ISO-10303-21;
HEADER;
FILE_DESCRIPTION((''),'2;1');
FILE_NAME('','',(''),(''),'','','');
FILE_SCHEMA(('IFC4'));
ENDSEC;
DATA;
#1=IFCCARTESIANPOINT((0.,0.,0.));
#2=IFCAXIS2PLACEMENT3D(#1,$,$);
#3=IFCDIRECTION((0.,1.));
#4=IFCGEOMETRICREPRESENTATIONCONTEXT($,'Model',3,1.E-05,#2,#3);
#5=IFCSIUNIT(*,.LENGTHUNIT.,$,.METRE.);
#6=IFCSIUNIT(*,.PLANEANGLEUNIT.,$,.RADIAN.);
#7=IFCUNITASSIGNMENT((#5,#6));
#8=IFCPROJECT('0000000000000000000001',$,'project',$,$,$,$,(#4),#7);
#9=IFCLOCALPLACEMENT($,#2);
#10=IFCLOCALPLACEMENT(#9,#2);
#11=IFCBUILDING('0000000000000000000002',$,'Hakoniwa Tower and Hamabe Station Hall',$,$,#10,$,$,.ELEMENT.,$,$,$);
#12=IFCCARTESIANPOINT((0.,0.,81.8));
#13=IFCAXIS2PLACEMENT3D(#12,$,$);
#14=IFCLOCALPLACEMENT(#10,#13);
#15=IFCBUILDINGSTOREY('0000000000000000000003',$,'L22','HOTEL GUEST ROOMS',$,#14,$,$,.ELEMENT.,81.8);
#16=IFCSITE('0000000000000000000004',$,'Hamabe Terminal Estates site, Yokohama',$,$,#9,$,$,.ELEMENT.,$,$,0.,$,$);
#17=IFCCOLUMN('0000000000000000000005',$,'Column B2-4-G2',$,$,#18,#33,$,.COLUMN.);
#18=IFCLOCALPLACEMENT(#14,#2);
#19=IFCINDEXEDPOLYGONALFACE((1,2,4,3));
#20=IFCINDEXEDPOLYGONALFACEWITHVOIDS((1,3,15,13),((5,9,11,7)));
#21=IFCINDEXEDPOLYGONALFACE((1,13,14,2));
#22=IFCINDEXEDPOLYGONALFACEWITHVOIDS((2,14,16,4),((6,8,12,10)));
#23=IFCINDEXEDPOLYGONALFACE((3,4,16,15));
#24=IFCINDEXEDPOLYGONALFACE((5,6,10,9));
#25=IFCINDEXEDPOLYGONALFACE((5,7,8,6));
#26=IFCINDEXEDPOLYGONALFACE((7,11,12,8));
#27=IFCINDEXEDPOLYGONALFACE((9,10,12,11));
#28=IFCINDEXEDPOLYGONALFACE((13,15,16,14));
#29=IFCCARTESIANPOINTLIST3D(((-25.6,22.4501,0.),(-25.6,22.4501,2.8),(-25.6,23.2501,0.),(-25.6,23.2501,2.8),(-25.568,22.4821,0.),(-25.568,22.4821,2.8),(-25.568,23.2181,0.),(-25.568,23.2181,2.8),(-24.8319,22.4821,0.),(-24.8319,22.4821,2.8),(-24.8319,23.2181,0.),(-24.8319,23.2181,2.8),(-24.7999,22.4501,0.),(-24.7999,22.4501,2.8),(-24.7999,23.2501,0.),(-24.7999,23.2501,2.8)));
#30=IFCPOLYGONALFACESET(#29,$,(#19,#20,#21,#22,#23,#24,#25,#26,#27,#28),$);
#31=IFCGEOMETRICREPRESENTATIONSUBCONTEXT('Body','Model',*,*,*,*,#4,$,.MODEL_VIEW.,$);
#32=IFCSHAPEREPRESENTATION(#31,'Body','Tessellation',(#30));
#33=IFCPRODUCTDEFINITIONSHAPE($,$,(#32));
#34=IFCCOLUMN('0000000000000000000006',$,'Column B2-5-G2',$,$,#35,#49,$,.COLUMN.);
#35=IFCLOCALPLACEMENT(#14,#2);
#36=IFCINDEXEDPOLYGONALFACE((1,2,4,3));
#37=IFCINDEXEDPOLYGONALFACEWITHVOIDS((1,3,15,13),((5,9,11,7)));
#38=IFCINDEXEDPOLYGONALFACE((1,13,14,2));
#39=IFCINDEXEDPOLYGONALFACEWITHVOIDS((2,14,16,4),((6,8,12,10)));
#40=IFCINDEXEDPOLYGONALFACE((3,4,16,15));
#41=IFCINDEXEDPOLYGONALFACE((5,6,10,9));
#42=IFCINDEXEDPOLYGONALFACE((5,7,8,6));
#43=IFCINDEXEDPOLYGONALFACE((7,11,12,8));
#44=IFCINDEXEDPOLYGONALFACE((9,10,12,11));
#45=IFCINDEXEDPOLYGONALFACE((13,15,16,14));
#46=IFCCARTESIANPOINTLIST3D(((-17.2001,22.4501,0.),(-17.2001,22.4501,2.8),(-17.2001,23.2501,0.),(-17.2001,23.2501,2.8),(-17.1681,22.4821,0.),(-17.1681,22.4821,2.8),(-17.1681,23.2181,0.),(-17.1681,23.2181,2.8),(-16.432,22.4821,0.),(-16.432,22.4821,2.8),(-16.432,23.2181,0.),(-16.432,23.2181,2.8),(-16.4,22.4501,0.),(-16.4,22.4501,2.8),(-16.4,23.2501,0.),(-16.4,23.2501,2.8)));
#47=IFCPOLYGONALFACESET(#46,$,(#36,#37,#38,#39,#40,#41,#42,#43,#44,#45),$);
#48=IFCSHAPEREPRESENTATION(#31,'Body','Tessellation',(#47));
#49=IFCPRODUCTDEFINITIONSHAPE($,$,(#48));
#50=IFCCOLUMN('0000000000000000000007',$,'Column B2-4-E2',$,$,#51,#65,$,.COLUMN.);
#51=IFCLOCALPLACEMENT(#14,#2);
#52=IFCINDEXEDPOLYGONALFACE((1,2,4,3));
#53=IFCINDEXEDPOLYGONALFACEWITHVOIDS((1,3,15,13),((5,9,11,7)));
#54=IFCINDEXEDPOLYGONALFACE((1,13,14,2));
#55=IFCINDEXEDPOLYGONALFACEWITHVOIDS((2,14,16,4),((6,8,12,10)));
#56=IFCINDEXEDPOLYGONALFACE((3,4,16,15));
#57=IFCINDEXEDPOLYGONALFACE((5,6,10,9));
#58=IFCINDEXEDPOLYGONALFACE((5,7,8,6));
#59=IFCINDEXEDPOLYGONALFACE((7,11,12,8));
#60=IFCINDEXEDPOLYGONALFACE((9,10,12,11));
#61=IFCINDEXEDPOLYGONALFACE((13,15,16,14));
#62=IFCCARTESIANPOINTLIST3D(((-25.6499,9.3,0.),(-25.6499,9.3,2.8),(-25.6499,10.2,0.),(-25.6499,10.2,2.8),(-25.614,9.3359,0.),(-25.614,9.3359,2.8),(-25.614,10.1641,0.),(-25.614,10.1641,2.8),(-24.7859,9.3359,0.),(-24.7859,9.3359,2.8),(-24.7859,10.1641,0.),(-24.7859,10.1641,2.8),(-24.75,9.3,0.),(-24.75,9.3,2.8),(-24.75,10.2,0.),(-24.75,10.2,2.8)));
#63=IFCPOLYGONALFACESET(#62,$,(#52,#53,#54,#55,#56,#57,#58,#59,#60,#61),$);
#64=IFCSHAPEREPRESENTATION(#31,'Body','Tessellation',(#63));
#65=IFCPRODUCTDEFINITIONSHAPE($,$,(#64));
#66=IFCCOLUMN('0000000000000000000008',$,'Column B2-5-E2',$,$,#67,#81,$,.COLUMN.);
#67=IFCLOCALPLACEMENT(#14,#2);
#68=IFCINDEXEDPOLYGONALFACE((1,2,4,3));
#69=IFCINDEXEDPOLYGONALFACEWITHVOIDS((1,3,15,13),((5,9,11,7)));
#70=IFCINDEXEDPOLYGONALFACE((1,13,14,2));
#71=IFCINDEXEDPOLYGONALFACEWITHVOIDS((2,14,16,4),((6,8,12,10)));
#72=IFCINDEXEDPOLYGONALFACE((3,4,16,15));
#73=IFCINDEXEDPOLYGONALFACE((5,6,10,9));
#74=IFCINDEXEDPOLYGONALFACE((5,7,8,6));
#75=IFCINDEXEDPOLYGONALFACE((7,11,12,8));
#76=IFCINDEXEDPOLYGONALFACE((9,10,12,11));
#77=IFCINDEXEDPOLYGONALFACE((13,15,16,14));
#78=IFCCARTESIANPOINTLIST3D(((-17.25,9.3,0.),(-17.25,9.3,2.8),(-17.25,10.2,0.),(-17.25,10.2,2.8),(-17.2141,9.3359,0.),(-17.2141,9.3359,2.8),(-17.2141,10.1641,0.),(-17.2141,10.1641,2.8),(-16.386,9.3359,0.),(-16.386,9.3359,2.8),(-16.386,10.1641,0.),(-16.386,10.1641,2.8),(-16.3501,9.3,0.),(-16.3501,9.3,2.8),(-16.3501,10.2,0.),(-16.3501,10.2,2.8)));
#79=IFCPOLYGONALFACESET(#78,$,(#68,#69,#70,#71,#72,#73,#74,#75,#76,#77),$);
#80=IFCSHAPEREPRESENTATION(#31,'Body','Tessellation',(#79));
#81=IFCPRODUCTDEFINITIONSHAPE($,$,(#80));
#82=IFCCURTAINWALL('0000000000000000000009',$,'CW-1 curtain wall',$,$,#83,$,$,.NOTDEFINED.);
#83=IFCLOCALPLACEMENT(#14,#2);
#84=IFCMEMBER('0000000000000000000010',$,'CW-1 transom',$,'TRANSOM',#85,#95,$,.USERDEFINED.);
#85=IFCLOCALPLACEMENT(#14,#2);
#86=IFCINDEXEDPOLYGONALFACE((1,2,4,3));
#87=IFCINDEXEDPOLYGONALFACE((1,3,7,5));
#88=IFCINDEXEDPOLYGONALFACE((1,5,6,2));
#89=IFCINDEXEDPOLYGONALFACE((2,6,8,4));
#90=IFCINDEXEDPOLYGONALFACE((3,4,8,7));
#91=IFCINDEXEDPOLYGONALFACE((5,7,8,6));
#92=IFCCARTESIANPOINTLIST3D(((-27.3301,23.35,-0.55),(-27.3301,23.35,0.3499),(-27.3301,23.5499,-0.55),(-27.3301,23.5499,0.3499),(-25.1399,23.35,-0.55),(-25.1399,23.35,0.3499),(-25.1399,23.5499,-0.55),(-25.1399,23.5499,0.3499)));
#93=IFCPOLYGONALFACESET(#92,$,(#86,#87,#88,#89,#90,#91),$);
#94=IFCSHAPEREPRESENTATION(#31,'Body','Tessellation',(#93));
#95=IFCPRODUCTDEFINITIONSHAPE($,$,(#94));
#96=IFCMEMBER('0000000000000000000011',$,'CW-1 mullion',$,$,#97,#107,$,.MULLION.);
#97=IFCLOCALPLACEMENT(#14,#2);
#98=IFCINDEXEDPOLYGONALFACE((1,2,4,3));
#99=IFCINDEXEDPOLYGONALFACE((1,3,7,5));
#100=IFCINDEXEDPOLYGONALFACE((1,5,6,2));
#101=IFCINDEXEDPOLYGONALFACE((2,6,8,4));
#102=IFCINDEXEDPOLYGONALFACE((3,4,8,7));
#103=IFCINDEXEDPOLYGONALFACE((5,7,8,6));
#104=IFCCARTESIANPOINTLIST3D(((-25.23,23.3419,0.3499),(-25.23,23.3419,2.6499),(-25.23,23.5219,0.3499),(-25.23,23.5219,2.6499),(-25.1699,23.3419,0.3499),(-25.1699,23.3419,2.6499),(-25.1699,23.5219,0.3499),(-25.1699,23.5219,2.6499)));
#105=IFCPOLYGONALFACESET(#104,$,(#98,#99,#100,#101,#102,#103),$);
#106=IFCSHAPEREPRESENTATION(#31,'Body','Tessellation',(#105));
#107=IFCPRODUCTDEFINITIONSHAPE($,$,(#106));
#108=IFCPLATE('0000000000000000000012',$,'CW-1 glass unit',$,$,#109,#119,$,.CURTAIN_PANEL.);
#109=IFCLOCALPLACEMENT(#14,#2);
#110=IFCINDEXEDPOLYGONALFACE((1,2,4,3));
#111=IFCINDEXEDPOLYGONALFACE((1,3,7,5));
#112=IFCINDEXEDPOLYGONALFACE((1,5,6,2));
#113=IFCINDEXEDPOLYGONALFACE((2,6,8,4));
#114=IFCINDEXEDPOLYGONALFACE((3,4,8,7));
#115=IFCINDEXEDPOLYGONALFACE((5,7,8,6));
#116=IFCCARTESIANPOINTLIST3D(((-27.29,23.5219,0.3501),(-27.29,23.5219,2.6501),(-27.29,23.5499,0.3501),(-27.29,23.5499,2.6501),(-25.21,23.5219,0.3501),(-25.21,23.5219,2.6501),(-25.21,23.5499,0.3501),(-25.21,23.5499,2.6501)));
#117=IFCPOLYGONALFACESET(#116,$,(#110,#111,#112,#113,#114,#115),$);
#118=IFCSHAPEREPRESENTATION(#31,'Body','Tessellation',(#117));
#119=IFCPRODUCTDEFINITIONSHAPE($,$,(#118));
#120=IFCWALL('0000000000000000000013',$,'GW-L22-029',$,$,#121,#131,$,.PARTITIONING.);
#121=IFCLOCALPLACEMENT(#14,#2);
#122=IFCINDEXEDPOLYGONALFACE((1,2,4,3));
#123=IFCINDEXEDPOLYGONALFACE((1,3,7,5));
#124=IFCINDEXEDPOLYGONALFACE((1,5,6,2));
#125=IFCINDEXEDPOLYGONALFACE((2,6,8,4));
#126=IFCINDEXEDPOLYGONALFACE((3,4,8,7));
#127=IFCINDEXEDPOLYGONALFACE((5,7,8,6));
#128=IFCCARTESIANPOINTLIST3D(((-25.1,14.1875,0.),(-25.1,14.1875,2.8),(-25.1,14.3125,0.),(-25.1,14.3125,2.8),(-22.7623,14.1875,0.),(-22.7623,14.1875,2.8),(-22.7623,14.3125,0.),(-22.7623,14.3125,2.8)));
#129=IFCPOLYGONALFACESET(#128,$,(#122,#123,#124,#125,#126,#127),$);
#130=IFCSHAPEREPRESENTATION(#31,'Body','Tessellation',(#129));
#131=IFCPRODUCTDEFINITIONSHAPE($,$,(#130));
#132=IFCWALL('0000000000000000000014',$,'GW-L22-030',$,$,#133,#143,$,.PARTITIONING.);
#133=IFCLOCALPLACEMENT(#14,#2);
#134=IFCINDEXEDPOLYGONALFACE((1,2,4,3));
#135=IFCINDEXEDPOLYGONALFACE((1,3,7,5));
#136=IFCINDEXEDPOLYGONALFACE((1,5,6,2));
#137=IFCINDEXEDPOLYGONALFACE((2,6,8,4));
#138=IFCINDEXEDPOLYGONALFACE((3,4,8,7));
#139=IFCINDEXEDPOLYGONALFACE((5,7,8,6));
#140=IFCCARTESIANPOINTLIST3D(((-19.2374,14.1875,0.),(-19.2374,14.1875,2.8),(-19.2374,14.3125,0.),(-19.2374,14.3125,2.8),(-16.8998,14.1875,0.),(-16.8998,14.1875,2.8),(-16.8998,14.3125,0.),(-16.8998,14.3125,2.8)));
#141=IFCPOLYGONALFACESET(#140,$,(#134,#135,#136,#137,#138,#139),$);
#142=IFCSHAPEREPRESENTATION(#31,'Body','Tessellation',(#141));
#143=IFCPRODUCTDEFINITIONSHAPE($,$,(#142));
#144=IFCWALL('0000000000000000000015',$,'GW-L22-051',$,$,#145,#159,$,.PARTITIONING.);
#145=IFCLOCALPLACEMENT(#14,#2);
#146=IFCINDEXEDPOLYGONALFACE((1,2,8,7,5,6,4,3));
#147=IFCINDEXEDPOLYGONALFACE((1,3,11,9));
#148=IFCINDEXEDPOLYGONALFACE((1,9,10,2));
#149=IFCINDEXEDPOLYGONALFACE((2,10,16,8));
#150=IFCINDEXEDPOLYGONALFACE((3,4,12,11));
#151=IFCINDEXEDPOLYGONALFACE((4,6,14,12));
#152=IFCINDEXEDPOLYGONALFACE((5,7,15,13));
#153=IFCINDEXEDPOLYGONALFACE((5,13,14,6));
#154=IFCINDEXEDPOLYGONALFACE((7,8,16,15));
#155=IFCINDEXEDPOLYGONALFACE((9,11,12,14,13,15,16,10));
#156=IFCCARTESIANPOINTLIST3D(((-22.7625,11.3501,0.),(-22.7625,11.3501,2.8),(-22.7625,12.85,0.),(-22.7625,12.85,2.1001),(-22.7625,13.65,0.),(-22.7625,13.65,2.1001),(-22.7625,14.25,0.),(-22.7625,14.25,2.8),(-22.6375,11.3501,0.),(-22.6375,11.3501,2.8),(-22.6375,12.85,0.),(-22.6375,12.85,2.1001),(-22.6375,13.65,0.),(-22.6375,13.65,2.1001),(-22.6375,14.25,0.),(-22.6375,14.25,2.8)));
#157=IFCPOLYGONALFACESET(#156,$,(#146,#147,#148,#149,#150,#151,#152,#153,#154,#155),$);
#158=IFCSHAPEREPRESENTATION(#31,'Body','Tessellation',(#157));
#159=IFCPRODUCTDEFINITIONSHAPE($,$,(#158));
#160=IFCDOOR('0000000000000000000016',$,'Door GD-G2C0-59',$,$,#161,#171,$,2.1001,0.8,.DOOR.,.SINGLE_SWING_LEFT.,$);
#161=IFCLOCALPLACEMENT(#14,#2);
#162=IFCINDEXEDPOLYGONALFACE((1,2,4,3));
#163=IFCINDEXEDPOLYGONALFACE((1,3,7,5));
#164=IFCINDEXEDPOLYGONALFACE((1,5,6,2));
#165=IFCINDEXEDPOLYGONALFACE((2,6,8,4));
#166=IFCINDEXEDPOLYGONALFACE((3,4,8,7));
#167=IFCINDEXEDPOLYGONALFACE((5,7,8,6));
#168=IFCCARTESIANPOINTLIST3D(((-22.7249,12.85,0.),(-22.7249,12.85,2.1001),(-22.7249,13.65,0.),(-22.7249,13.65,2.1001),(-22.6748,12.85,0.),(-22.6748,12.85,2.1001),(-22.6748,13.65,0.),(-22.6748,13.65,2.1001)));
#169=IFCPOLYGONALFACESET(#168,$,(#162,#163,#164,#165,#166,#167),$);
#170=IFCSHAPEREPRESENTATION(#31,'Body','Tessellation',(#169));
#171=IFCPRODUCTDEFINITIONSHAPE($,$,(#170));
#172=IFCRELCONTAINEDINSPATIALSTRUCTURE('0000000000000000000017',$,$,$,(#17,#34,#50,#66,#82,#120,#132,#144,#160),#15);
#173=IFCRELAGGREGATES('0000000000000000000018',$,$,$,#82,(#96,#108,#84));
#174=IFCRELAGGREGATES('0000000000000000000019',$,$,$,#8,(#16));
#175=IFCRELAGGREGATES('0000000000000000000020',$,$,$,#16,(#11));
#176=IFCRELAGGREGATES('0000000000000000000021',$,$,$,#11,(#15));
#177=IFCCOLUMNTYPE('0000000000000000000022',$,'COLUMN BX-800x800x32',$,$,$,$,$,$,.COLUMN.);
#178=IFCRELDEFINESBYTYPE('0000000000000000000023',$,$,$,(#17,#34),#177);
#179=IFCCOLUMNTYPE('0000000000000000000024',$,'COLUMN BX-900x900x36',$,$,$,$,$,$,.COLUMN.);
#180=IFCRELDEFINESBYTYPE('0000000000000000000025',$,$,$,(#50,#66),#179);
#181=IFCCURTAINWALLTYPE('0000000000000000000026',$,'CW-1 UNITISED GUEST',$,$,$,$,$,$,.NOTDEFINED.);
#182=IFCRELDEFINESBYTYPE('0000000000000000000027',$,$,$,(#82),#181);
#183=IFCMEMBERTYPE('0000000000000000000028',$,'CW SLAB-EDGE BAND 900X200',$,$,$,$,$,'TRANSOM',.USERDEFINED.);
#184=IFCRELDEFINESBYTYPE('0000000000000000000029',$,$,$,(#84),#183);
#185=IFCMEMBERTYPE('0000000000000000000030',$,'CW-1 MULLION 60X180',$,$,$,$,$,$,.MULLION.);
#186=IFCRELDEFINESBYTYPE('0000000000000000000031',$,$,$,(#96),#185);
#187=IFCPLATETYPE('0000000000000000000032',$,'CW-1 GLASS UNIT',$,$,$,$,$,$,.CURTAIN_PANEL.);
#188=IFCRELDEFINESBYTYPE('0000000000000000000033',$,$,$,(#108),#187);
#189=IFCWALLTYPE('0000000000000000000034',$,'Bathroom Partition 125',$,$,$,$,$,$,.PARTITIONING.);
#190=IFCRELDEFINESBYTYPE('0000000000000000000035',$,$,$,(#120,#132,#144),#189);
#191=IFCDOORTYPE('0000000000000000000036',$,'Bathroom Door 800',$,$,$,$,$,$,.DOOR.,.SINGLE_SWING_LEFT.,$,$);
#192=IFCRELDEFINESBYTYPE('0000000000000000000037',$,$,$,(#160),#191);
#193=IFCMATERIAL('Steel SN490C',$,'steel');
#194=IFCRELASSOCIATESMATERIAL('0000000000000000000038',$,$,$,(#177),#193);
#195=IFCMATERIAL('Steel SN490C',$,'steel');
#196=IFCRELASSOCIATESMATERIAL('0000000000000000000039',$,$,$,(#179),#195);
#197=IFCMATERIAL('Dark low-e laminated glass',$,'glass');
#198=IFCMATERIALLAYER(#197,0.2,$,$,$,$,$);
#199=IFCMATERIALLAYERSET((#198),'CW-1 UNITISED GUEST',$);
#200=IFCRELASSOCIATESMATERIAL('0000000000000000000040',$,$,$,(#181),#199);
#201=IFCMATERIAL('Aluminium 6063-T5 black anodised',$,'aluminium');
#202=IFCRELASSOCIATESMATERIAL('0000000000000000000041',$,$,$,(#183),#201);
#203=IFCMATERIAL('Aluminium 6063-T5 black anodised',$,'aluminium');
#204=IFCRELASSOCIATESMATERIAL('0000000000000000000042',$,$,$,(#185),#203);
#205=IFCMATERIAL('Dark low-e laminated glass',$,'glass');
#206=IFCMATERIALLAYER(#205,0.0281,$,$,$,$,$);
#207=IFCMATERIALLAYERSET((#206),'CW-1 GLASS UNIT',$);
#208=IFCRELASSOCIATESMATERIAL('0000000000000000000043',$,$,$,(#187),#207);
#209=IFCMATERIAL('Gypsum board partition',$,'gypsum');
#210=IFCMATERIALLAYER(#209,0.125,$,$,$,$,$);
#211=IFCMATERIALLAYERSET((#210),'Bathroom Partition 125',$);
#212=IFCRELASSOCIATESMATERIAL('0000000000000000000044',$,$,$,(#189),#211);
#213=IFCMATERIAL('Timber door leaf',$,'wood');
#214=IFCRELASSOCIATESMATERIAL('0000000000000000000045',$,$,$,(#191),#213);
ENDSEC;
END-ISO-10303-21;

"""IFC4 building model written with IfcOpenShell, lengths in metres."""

from ifc_helpers import new_model, si_unit, direction, frame, frame_2d, origin, origin_2d, place, context, subcontext, project, spatial, rectangle, hollow_rectangle, extrude, material, layer, layer_set, material_profile, profile_set, type_object, element, fill, aggregate, save


model = new_model("IFC4")

# Units and contexts
model_context = context("Model", 3, precision=1e-05, world=origin(), true_north=direction((0.0, 1.0)))
body_context = subcontext(model_context, "Body", "Model", "MODEL_VIEW")
ifc_project = project(units=[si_unit("LENGTHUNIT", "METRE"), si_unit("PLANEANGLEUNIT", "RADIAN")], contexts=[model_context])

# Site, building, storey
site_placement = place(None, origin())
site = spatial("IfcSite", under=ifc_project, at=site_placement, Name="Hamabe Terminal Estates site, Yokohama", CompositionType="ELEMENT", RefElevation=0.0)
building_placement = place(site_placement, origin())
building = spatial("IfcBuilding", under=site, at=building_placement, Name="Hakoniwa Tower and Hamabe Station Hall", CompositionType="ELEMENT")
storey_placement = place(building_placement, frame((0.0, 0.0, 81.8)))
storey = spatial("IfcBuildingStorey", under=building, at=storey_placement, Name="L22", Description="HOTEL GUEST ROOMS", CompositionType="ELEMENT", Elevation=81.8)

# Columns
ifc_material_1 = material(Name="Steel SN490C", Category="steel")
ifc_material_profile_1 = material_profile(ifc_material_1, hollow_rectangle(XDim=0.8, YDim=0.8, WallThickness=0.032, at=origin_2d()), Name="BX-800x800x32")
ifc_profile_set_1 = profile_set([ifc_material_profile_1], Name="Steel SN490C")
column_type_1 = type_object("IfcColumnType", Name="COLUMN BX-800x800x32", PredefinedType="COLUMN", material=ifc_profile_set_1)
for number, where, z_axis, x_axis, name in (
    (1, (-25.2, 22.8501, 0.0), (0.0, 0.0, 1.0), (1.0, 0.0, 0.0), "Column B2-4-G2"),
    (2, (-16.8, 22.8501, 0.0), (0.0, 0.0, 1.0), (1.0, 0.0, 0.0), "Column B2-5-G2"),
):
    element("IfcColumn", number, at=place(storey_placement, frame(where, z_axis=z_axis, x_axis=x_axis)), inside=storey, type_object=column_type_1, Name=name, PredefinedType="COLUMN", context=body_context, shape_type="SweptSolid", body=[
        extrude(hollow_rectangle(XDim=0.8, YDim=0.8, WallThickness=0.032, at=origin_2d()), origin(), (0.0, 0.0, 1.0), 2.8),
    ])
ifc_material_2 = material(Name="Steel SN490C", Category="steel")
ifc_material_profile_2 = material_profile(ifc_material_2, hollow_rectangle(XDim=0.8999, YDim=0.8999, WallThickness=0.0359, at=origin_2d()), Name="BX-900x900x36")
ifc_profile_set_2 = profile_set([ifc_material_profile_2], Name="Steel SN490C")
column_type_2 = type_object("IfcColumnType", Name="COLUMN BX-900x900x36", PredefinedType="COLUMN", material=ifc_profile_set_2)
for number, where, z_axis, x_axis, name in (
    (3, (-25.2, 9.75, 0.0), (0.0, 0.0, 1.0), (1.0, 0.0, 0.0), "Column B2-4-E2"),
    (4, (-16.8, 9.75, 0.0), (0.0, 0.0, 1.0), (1.0, 0.0, 0.0), "Column B2-5-E2"),
):
    element("IfcColumn", number, at=place(storey_placement, frame(where, z_axis=z_axis, x_axis=x_axis)), inside=storey, type_object=column_type_2, Name=name, PredefinedType="COLUMN", context=body_context, shape_type="SweptSolid", body=[
        extrude(hollow_rectangle(XDim=0.8999, YDim=0.8999, WallThickness=0.0359, at=origin_2d()), origin(), (0.0, 0.0, 1.0), 2.8),
    ])

# Curtain wall, members, plate
ifc_material_3 = material(Name="Dark low-e laminated glass", Category="glass")
ifc_layer_1 = layer(ifc_material_3, 0.2)
ifc_layer_set_1 = layer_set([ifc_layer_1], Name="CW-1 UNITISED GUEST")
curtain_wall_type = type_object("IfcCurtainWallType", Name="CW-1 UNITISED GUEST", PredefinedType="NOTDEFINED", material=ifc_layer_set_1)
curtain_wall_placement = place(storey_placement, origin())
curtain_wall = element("IfcCurtainWall", 5, at=curtain_wall_placement, inside=storey, type_object=curtain_wall_type, Name="CW-1 curtain wall", PredefinedType="NOTDEFINED")
ifc_material_4 = material(Name="Aluminium 6063-T5 black anodised", Category="aluminium")
ifc_material_profile_3 = material_profile(ifc_material_4, rectangle(XDim=0.2, YDim=0.8999, at=origin_2d()), Name="CW SLAB-EDGE BAND 900X200")
ifc_profile_set_3 = profile_set([ifc_material_profile_3], Name="Aluminium 6063-T5 black anodised")
member_type_1 = type_object("IfcMemberType", Name="CW SLAB-EDGE BAND 900X200", ElementType="TRANSOM", PredefinedType="USERDEFINED", material=ifc_profile_set_3)
member_1_placement = place(storey_placement, frame((-25.1399, 23.45, -0.1001), z_axis=(-1.0, 0.0, 0.0), x_axis=(0.0, -1.0, 0.0)))
member_1 = element("IfcMember", 6, at=member_1_placement, type_object=member_type_1, Name="CW-1 transom", ObjectType="TRANSOM", PredefinedType="USERDEFINED", context=body_context, shape_type="SweptSolid", body=[
    extrude(rectangle(XDim=0.2, YDim=0.8999, at=origin_2d()), origin(), (0.0, 0.0, 1.0), 2.1902),
])
ifc_material_5 = material(Name="Aluminium 6063-T5 black anodised", Category="aluminium")
ifc_material_profile_4 = material_profile(ifc_material_5, rectangle(XDim=0.0601, YDim=0.1799, at=origin_2d()), Name="CW-1 MULLION 60X180")
ifc_profile_set_4 = profile_set([ifc_material_profile_4], Name="Aluminium 6063-T5 black anodised")
member_type_2 = type_object("IfcMemberType", Name="CW-1 MULLION 60X180", PredefinedType="MULLION", material=ifc_profile_set_4)
member_2_placement = place(storey_placement, frame((-25.2, 23.4319, 0.3499), z_axis=(0.0, 0.0, 1.0), x_axis=(-1.0, 0.0, 0.0)))
member_2 = element("IfcMember", 7, at=member_2_placement, type_object=member_type_2, Name="CW-1 mullion", PredefinedType="MULLION", context=body_context, shape_type="SweptSolid", body=[
    extrude(rectangle(XDim=0.0601, YDim=0.1799, at=origin_2d()), origin(), (0.0, 0.0, 1.0), 2.3),
])
ifc_material_6 = material(Name="Dark low-e laminated glass", Category="glass")
ifc_layer_2 = layer(ifc_material_6, 0.0281)
ifc_layer_set_2 = layer_set([ifc_layer_2], Name="CW-1 GLASS UNIT")
plate_type = type_object("IfcPlateType", Name="CW-1 GLASS UNIT", PredefinedType="CURTAIN_PANEL", material=ifc_layer_set_2)
plate_placement = place(storey_placement, frame((-26.25, 23.5359, 0.3501), z_axis=(0.0, 0.0, 1.0), x_axis=(-1.0, 0.0, 0.0)))
plate = element("IfcPlate", 8, at=plate_placement, type_object=plate_type, Name="CW-1 glass unit", PredefinedType="CURTAIN_PANEL", context=body_context, shape_type="SweptSolid", body=[
    extrude(rectangle(XDim=2.0801, YDim=0.0281, at=origin_2d()), origin(), (0.0, 0.0, 1.0), 2.3),
])

# Walls
ifc_material_7 = material(Name="Gypsum board partition", Category="gypsum")
ifc_layer_3 = layer(ifc_material_7, 0.125)
ifc_layer_set_3 = layer_set([ifc_layer_3], Name="Bathroom Partition 125")
wall_type_1 = type_object("IfcWallType", Name="Bathroom Partition 125", PredefinedType="PARTITIONING", material=ifc_layer_set_3)
for number, where, z_axis, x_axis, name in (
    (9, (-25.1001, 14.25, 0.0), (0.0, 0.0, 1.0), (1.0, 0.0, 0.0), "GW-L22-029"),
    (10, (-19.2375, 14.25, 0.0), (0.0, 0.0, 1.0), (1.0, 0.0, 0.0), "GW-L22-030"),
):
    element("IfcWall", number, at=place(storey_placement, frame(where, z_axis=z_axis, x_axis=x_axis)), inside=storey, type_object=wall_type_1, Name=name, PredefinedType="PARTITIONING", context=body_context, shape_type="SweptSolid", body=[
        extrude(rectangle(XDim=2.3376, YDim=0.125, at=frame_2d((1.1689, 0.0))), origin(), (0.0, 0.0, 1.0), 2.8),
    ])

# Wall, opening, door
wall_1_placement = place(storey_placement, frame((-22.7, 11.3501, 0.0), z_axis=(0.0, 0.0, 1.0), x_axis=(0.0, 1.0, 0.0)))
wall_1 = element("IfcWall", 11, at=wall_1_placement, inside=storey, type_object=wall_type_1, Name="GW-L22-051", PredefinedType="PARTITIONING", context=body_context, shape_type="SweptSolid", body=[
    extrude(rectangle(XDim=2.8999, YDim=0.125, at=frame_2d((1.45, 0.0))), origin(), (0.0, 0.0, 1.0), 2.8),
])
opening_1_placement = place(wall_1_placement, frame((1.5, 0.0, 0.0)))
opening_1 = element("IfcOpeningElement", 12, at=opening_1_placement, cuts=wall_1, PredefinedType="OPENING", context=body_context, shape_type="SweptSolid", body=[
    extrude(rectangle(XDim=0.8, YDim=2.1001, at=frame_2d((0.3999, 1.05))), frame((0.0, 0.0725, 0.0), z_axis=(0.0, -1.0, 0.0), x_axis=(1.0, 0.0, 0.0)), (0.0, 0.0, 1.0), 0.145),
])
ifc_material_8 = material(Name="Timber door leaf", Category="wood")
door_type_1 = type_object("IfcDoorType", Name="Bathroom Door 800", OperationType="SINGLE_SWING_LEFT", PredefinedType="DOOR", material=ifc_material_8)
door_1_placement = place(opening_1_placement, origin())
door_1 = element("IfcDoor", 13, at=door_1_placement, inside=storey, type_object=door_type_1, Name="Door GD-G2C0-59", OperationType="SINGLE_SWING_LEFT", OverallHeight=2.1001, OverallWidth=0.8, PredefinedType="DOOR", context=body_context, shape_type="SweptSolid", body=[
    extrude(rectangle(XDim=0.8, YDim=2.1001, at=frame_2d((0.3999, 1.05))), frame((0.0, 0.0249, 0.0), z_axis=(0.0, -1.0, 0.0), x_axis=(1.0, 0.0, 0.0)), (0.0, 0.0, 1.0), 0.05),
])
fill(opening_1, door_1)

aggregate(curtain_wall, [member_2, plate, member_1])

save(model, "model.ifc")
